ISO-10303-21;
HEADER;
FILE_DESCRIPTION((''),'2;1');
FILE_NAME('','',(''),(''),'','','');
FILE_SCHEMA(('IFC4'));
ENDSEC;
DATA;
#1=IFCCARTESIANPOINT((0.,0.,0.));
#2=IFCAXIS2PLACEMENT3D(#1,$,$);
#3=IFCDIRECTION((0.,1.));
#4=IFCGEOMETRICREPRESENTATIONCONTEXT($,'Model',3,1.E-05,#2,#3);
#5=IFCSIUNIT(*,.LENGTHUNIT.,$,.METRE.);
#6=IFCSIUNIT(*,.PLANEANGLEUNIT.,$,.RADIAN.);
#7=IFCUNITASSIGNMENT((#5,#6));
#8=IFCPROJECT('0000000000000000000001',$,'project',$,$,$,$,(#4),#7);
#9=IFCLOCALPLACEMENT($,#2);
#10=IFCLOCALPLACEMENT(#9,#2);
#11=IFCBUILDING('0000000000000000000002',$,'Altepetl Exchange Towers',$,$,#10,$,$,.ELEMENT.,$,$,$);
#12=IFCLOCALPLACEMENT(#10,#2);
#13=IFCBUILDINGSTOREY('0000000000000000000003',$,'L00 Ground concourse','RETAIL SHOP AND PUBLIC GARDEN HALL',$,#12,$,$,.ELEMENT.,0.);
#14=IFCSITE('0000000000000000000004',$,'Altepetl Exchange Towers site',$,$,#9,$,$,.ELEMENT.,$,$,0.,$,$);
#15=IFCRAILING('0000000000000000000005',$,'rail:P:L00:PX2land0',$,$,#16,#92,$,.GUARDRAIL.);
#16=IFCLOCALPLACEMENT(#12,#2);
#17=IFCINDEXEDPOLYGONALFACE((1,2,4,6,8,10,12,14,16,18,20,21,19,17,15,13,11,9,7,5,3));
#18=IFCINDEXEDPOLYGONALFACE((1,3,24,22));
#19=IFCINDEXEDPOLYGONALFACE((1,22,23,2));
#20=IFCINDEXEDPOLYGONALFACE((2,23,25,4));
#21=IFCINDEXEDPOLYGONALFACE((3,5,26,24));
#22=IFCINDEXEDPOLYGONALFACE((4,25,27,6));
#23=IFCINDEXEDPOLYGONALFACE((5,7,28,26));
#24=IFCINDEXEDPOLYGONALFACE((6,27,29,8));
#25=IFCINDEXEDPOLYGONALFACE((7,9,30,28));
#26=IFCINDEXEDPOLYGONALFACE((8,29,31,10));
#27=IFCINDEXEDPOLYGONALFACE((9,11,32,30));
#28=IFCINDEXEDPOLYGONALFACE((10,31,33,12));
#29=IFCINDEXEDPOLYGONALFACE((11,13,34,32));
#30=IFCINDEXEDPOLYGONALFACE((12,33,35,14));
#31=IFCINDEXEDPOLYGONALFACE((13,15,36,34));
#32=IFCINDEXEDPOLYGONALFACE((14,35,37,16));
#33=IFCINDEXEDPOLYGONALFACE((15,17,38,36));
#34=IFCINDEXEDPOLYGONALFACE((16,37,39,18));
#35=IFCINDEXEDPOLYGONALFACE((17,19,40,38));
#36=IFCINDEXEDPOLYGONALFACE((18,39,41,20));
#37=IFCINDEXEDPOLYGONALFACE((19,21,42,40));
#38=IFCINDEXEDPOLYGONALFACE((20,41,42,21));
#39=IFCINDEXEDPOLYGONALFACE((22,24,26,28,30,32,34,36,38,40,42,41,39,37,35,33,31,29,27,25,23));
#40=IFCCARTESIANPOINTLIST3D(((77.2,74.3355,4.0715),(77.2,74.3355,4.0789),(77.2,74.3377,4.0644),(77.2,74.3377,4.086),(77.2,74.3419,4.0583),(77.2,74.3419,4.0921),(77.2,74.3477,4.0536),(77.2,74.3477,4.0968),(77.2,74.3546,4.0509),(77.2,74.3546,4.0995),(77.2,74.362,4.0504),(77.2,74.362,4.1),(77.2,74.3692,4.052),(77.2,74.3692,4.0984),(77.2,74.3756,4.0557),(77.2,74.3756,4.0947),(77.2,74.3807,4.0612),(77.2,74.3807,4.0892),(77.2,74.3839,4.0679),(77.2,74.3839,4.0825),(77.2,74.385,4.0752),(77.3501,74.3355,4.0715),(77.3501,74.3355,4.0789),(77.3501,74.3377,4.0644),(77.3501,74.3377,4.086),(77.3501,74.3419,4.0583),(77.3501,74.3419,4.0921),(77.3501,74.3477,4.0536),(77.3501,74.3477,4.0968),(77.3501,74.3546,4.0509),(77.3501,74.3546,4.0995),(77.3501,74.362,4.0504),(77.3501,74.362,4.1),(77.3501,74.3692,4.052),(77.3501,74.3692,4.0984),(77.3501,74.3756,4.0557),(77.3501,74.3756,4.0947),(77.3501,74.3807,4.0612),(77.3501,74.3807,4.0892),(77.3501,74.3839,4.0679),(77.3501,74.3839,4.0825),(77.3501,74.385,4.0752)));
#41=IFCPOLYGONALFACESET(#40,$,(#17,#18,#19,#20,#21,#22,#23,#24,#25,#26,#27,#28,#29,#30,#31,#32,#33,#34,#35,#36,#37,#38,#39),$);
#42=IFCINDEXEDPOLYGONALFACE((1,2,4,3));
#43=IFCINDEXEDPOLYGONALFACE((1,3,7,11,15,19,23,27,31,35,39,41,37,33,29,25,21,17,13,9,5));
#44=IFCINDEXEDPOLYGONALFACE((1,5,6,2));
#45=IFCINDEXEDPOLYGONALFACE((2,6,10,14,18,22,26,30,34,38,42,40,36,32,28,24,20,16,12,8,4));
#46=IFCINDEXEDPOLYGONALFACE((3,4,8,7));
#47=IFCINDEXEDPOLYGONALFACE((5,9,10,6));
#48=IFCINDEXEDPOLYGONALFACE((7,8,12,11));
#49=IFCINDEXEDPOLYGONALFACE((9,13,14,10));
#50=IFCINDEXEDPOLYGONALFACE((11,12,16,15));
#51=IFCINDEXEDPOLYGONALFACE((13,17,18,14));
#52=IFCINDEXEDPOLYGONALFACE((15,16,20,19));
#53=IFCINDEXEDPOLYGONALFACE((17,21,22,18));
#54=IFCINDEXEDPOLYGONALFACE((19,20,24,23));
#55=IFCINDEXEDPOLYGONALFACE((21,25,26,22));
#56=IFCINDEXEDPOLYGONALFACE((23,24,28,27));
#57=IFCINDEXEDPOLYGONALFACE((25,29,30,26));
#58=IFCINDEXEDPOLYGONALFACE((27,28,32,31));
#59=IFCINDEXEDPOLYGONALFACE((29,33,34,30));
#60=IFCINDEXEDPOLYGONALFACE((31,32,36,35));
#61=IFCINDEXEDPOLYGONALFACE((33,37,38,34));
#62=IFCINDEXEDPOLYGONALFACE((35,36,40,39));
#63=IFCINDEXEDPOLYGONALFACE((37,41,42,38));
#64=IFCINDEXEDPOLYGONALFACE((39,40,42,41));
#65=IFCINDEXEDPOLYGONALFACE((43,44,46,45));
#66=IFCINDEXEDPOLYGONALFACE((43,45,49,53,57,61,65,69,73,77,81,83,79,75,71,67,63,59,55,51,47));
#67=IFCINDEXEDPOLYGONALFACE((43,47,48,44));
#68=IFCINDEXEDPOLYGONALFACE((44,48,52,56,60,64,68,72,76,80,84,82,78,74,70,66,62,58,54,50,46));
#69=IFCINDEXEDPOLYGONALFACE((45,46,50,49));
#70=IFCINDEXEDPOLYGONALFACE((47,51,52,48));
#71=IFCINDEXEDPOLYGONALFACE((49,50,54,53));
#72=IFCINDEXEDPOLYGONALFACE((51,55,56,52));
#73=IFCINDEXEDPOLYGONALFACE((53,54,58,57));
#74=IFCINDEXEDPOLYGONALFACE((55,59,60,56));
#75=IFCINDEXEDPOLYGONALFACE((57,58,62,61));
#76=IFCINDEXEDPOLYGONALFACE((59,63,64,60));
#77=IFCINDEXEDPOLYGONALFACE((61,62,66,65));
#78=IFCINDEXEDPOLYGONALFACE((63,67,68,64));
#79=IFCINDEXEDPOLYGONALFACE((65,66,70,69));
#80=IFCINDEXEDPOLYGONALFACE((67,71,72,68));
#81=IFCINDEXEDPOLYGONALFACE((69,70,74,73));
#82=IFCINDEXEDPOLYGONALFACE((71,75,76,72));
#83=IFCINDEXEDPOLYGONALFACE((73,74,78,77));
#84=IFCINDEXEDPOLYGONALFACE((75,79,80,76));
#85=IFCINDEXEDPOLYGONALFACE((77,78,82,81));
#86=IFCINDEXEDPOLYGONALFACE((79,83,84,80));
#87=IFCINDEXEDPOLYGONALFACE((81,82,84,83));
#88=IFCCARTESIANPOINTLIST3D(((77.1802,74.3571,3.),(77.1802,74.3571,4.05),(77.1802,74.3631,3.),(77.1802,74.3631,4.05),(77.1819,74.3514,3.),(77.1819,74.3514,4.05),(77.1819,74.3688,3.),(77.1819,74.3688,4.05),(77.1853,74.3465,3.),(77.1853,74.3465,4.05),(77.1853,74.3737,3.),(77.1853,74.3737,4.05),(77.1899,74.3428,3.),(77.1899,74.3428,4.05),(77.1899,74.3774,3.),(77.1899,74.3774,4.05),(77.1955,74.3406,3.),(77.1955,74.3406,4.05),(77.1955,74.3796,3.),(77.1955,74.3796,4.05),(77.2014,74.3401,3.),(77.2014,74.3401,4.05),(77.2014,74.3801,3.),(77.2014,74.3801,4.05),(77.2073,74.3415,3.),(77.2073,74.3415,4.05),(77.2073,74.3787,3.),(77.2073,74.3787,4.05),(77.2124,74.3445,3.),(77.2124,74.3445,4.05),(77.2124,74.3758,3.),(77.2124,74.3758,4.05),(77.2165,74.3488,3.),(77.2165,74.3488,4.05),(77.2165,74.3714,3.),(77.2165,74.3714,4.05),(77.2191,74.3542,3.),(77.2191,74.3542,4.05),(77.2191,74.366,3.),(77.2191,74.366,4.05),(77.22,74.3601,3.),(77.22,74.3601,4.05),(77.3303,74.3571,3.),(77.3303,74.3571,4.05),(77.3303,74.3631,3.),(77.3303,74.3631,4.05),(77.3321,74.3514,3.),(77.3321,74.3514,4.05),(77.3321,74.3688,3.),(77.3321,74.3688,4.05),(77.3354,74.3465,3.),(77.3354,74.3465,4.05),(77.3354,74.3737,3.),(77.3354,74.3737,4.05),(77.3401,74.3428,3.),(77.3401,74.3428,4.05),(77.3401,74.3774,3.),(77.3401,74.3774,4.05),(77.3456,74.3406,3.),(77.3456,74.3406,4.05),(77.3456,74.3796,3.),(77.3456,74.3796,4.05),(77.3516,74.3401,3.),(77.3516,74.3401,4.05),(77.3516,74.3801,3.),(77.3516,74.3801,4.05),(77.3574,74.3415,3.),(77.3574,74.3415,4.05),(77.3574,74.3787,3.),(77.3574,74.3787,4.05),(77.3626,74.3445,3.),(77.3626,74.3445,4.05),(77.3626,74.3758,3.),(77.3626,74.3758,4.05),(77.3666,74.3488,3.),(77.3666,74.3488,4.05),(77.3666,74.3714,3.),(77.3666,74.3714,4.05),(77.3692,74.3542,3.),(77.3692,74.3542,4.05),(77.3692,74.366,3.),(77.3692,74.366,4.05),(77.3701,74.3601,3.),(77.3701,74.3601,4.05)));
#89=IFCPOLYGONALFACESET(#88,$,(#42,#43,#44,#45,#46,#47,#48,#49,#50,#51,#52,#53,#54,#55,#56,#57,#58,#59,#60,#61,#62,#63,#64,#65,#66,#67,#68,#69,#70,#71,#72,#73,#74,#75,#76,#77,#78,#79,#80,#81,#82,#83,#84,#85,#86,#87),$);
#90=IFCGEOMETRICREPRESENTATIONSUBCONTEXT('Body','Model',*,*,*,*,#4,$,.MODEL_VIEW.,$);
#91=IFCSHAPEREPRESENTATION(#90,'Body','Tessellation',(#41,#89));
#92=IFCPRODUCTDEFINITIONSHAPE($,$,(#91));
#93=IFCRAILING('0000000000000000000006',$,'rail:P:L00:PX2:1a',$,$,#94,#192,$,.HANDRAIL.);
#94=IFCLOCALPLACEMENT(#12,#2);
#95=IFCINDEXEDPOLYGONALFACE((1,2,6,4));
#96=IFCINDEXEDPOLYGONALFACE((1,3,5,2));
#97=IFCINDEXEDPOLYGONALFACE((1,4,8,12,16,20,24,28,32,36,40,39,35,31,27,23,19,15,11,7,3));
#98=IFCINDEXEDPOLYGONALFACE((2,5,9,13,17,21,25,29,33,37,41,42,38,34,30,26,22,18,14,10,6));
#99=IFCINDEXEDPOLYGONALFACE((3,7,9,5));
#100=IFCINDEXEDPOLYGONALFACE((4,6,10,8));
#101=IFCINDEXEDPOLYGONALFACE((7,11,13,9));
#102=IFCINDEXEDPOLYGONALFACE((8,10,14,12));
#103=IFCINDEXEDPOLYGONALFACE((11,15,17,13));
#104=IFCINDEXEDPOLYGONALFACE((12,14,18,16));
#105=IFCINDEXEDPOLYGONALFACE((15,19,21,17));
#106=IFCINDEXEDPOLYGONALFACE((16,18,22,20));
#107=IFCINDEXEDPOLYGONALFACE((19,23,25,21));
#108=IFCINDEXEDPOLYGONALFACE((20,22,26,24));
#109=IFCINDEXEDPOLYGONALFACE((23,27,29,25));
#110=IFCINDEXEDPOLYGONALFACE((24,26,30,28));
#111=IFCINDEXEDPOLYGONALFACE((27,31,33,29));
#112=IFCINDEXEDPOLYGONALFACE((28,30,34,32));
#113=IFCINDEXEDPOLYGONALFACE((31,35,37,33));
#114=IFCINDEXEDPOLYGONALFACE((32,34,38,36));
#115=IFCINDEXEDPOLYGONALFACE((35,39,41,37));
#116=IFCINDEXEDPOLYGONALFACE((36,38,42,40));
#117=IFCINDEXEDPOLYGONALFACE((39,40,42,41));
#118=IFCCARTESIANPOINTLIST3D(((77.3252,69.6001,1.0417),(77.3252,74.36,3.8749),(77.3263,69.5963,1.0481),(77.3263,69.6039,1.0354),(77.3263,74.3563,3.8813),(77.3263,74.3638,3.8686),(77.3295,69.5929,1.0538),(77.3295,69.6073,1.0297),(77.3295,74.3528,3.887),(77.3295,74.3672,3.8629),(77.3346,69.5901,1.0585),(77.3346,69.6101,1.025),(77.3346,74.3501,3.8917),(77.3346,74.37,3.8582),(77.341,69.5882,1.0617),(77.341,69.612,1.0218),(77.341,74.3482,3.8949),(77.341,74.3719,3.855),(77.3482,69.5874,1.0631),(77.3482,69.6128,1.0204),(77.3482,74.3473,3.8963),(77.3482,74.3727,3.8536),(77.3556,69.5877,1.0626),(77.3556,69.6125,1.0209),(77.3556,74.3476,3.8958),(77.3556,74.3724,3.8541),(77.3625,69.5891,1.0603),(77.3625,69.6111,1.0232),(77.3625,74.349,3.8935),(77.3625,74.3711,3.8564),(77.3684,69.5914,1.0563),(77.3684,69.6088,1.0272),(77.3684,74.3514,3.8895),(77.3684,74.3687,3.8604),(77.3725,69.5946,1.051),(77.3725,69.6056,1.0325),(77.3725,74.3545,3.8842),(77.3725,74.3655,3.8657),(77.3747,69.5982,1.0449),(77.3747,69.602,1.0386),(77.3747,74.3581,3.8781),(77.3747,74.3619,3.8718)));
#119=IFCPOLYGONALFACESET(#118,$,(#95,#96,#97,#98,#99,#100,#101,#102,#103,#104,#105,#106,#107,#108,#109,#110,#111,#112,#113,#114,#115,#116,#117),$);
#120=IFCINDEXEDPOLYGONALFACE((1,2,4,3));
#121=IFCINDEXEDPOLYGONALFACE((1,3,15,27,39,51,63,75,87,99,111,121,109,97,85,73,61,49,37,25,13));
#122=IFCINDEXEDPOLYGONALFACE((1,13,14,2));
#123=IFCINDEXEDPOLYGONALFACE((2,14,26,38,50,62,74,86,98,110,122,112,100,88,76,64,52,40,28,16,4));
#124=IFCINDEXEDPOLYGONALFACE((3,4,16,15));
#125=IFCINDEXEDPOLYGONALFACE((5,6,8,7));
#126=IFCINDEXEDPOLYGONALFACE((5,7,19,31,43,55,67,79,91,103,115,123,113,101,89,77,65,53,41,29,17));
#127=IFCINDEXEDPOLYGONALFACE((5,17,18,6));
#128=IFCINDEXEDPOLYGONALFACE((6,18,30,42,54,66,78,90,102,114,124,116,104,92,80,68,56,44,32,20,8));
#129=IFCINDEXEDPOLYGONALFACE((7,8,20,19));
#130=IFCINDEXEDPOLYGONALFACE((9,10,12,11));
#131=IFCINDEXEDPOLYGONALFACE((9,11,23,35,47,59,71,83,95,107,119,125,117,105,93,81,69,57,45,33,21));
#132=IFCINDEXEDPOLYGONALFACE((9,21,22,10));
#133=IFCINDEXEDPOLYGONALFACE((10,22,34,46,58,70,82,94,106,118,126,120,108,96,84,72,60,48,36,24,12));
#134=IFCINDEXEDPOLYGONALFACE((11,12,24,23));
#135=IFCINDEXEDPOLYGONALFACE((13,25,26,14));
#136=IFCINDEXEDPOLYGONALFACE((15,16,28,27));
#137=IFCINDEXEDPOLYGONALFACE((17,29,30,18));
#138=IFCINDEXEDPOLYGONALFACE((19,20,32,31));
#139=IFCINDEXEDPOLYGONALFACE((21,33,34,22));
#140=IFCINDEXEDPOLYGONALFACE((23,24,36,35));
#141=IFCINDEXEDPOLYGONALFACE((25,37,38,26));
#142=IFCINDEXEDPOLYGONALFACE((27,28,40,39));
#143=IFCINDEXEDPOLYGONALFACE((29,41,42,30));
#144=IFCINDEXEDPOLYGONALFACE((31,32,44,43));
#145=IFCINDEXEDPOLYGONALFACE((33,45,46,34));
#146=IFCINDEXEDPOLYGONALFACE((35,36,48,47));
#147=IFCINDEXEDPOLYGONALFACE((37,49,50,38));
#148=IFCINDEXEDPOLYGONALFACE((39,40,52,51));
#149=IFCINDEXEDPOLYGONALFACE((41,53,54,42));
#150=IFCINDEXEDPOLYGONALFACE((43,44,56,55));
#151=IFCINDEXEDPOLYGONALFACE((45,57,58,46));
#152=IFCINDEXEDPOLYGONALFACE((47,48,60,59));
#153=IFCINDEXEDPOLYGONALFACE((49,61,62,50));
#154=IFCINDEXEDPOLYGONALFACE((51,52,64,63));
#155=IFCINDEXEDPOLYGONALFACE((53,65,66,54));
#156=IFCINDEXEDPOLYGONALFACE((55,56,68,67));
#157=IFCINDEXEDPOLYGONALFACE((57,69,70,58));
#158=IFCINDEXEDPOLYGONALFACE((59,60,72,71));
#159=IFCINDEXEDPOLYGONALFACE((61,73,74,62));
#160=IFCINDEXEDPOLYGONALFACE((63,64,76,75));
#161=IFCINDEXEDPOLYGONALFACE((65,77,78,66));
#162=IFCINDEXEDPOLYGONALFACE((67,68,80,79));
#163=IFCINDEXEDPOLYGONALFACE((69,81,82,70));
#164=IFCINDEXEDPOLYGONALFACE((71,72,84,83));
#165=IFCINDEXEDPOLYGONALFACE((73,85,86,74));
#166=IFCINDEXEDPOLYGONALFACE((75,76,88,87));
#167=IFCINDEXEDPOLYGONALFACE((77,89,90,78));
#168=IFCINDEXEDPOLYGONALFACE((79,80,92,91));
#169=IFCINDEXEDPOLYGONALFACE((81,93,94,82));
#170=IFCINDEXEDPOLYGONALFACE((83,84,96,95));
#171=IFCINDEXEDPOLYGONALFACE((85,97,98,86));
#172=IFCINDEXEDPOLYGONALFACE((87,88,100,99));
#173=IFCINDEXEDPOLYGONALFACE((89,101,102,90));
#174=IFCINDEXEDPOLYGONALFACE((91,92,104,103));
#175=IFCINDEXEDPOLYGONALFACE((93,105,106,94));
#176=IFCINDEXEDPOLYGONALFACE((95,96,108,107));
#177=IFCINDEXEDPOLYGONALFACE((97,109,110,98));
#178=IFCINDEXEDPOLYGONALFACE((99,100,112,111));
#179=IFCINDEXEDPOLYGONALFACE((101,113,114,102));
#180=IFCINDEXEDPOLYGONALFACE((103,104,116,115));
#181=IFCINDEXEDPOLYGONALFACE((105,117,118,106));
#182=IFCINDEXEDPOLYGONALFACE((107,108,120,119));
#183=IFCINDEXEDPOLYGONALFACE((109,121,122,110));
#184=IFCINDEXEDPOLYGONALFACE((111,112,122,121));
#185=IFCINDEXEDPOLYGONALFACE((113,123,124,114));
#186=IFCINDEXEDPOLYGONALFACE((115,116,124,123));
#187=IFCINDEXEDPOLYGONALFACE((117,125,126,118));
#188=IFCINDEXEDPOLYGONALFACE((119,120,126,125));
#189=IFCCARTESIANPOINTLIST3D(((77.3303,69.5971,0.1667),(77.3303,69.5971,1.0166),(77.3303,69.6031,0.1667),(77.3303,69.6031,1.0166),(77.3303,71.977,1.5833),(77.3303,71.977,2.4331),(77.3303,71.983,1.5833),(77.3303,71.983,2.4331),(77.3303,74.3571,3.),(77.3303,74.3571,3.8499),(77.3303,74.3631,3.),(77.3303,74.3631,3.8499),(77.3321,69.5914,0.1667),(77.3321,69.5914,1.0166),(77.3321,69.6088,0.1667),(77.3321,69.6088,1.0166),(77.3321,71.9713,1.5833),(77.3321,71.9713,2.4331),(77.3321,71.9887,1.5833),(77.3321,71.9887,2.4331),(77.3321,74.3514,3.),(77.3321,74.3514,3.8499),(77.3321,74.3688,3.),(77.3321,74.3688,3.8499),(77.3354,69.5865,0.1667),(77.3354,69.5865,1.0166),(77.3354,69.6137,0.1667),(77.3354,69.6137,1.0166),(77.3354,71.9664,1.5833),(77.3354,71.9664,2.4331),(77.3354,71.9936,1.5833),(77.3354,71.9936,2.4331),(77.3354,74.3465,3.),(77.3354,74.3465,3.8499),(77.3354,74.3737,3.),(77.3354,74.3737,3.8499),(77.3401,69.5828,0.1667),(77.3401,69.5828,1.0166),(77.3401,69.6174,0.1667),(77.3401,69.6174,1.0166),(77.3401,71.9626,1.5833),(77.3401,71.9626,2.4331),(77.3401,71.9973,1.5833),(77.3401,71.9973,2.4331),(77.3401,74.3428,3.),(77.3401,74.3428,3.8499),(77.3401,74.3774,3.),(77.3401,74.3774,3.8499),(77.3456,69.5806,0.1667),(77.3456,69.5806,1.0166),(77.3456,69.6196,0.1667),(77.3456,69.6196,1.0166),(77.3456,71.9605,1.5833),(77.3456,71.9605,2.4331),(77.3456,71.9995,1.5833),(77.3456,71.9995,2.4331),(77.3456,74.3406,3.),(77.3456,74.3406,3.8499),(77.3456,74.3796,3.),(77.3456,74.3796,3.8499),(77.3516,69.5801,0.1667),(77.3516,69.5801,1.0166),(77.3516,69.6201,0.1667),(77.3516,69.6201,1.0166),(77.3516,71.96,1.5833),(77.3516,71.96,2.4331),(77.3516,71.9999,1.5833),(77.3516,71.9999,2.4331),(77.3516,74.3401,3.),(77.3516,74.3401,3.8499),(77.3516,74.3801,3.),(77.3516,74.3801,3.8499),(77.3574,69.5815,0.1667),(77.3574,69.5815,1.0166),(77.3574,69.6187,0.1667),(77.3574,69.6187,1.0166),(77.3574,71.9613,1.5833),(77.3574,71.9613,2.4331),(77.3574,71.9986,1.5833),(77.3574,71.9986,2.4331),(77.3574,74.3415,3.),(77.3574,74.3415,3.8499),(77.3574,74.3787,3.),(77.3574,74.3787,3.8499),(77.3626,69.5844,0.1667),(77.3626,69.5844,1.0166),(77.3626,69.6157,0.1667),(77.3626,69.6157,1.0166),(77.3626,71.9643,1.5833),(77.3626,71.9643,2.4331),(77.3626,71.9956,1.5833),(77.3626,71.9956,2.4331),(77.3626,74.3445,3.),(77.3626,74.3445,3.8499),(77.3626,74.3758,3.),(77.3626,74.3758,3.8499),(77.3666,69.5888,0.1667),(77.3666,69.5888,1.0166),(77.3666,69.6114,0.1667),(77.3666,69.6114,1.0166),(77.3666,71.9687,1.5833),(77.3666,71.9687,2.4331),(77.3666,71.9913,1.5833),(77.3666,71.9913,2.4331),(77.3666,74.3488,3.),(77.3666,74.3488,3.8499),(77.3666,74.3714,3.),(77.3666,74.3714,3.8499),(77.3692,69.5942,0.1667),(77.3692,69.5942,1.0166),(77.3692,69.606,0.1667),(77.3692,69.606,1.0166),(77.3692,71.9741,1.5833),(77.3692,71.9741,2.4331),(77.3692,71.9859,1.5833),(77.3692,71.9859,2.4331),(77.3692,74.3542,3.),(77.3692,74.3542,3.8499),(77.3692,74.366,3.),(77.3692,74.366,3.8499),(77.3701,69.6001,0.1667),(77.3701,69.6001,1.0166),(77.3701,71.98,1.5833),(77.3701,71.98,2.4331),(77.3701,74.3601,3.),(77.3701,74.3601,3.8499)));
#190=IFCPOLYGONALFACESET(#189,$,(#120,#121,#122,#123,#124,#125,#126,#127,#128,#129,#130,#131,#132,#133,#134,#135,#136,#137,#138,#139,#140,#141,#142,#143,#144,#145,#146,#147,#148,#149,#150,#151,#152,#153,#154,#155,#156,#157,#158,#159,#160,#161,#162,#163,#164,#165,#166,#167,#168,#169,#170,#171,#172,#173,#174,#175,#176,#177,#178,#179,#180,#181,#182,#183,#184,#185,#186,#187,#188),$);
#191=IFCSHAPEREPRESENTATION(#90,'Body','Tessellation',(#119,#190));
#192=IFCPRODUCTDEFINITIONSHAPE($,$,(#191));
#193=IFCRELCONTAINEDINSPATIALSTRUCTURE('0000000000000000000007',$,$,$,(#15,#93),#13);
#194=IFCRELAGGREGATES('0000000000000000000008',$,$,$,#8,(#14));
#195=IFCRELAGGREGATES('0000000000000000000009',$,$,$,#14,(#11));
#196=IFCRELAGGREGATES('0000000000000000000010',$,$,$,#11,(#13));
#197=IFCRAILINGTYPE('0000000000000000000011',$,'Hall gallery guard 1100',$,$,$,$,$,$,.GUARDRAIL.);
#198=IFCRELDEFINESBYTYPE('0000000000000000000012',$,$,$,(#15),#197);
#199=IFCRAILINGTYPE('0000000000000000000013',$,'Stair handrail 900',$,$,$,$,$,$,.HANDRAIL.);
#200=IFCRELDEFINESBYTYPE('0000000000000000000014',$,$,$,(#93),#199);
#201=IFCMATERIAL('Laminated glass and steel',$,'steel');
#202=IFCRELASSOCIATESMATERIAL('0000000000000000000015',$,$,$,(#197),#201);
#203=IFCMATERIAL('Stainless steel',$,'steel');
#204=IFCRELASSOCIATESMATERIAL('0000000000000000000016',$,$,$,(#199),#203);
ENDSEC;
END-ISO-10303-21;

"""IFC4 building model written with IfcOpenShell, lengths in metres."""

from ifc_helpers import new_model, si_unit, direction, frame, origin, origin_2d, place, context, subcontext, project, spatial, circle, extrude, source, transform, mapped, material, type_object, element, save


model = new_model("IFC4")

# Units and contexts
model_context = context("Model", 3, precision=1e-05, world=origin(), true_north=direction((0.0, 1.0)))
body_context = subcontext(model_context, "Body", "Model", "MODEL_VIEW")
ifc_project = project(units=[si_unit("LENGTHUNIT", "METRE"), si_unit("PLANEANGLEUNIT", "RADIAN")], contexts=[model_context])

# Site, building, storey
site_placement = place(None, origin())
site = spatial("IfcSite", under=ifc_project, at=site_placement, Name="Altepetl Exchange Towers site", CompositionType="ELEMENT", RefElevation=0.0)
building_placement = place(site_placement, origin())
building = spatial("IfcBuilding", under=site, at=building_placement, Name="Altepetl Exchange Towers", CompositionType="ELEMENT")
storey_placement = place(building_placement, origin())
storey = spatial("IfcBuildingStorey", under=building, at=storey_placement, Name="L00 Ground concourse", Description="RETAIL SHOP AND PUBLIC GARDEN HALL", CompositionType="ELEMENT", Elevation=0.0)

# Railings
ifc_material_1 = material(Name="Laminated glass and steel", Category="steel")
railing_type_1 = type_object("IfcRailingType", Name="Hall gallery guard 1100", PredefinedType="GUARDRAIL", material=ifc_material_1)
shared_shape_1 = source(origin(), body_context, "Body", "SweptSolid", [
    extrude(circle(Radius=0.02, at=origin_2d()), origin(), (0.0, 0.0, 1.0), 1.05),
])
railing_1_placement = place(storey_placement, frame((77.2, 74.3601, 3.0)))
element("IfcRailing", 1, at=railing_1_placement, inside=storey, type_object=railing_type_1, Name="rail:P:L00:PX2land0", PredefinedType="GUARDRAIL", context=body_context, shape_type="SweptSolid", body=[
    extrude(circle(Radius=0.0249, at=origin_2d()), frame((0.0, 0.0, 1.0752), z_axis=(1.0, 0.0, 0.0), x_axis=(0.0, 1.0, 0.0)), (0.0, 0.0, 1.0), 0.1501),
    mapped(shared_shape_1, transform((0.0, 0.0, 0.0))),
    mapped(shared_shape_1, transform((0.1501, 0.0, 0.0))),
])
ifc_material_2 = material(Name="Stainless steel", Category="steel")
railing_type_2 = type_object("IfcRailingType", Name="Stair handrail 900", PredefinedType="HANDRAIL", material=ifc_material_2)
shared_shape_2 = source(origin(), body_context, "Body", "SweptSolid", [
    extrude(circle(Radius=0.02, at=origin_2d()), origin(), (0.0, 0.0, 1.0), 0.8499),
])
for number, where, name in (
    (2, (77.3501, 69.6001, 0.1667), "rail:P:L00:PX2:1a"),
):
    element("IfcRailing", number, at=place(storey_placement, frame(where)), inside=storey, type_object=railing_type_2, Name=name, PredefinedType="HANDRAIL", context=body_context, shape_type="SweptSolid", body=[
        extrude(circle(Radius=0.0249, at=origin_2d()), frame((0.0, 0.0, 0.875), z_axis=(0.0, 0.8593, 0.511472), x_axis=(-1.0, 0.0, 0.0)), (0.0, 0.0, 1.0), 5.5393),
        mapped(shared_shape_2, transform((0.0, 0.0, 0.0))),
        mapped(shared_shape_2, transform((0.0, 2.3799, 1.4165))),
        mapped(shared_shape_2, transform((0.0, 4.76, 2.8333))),
    ])

save(model, "model.ifc")
